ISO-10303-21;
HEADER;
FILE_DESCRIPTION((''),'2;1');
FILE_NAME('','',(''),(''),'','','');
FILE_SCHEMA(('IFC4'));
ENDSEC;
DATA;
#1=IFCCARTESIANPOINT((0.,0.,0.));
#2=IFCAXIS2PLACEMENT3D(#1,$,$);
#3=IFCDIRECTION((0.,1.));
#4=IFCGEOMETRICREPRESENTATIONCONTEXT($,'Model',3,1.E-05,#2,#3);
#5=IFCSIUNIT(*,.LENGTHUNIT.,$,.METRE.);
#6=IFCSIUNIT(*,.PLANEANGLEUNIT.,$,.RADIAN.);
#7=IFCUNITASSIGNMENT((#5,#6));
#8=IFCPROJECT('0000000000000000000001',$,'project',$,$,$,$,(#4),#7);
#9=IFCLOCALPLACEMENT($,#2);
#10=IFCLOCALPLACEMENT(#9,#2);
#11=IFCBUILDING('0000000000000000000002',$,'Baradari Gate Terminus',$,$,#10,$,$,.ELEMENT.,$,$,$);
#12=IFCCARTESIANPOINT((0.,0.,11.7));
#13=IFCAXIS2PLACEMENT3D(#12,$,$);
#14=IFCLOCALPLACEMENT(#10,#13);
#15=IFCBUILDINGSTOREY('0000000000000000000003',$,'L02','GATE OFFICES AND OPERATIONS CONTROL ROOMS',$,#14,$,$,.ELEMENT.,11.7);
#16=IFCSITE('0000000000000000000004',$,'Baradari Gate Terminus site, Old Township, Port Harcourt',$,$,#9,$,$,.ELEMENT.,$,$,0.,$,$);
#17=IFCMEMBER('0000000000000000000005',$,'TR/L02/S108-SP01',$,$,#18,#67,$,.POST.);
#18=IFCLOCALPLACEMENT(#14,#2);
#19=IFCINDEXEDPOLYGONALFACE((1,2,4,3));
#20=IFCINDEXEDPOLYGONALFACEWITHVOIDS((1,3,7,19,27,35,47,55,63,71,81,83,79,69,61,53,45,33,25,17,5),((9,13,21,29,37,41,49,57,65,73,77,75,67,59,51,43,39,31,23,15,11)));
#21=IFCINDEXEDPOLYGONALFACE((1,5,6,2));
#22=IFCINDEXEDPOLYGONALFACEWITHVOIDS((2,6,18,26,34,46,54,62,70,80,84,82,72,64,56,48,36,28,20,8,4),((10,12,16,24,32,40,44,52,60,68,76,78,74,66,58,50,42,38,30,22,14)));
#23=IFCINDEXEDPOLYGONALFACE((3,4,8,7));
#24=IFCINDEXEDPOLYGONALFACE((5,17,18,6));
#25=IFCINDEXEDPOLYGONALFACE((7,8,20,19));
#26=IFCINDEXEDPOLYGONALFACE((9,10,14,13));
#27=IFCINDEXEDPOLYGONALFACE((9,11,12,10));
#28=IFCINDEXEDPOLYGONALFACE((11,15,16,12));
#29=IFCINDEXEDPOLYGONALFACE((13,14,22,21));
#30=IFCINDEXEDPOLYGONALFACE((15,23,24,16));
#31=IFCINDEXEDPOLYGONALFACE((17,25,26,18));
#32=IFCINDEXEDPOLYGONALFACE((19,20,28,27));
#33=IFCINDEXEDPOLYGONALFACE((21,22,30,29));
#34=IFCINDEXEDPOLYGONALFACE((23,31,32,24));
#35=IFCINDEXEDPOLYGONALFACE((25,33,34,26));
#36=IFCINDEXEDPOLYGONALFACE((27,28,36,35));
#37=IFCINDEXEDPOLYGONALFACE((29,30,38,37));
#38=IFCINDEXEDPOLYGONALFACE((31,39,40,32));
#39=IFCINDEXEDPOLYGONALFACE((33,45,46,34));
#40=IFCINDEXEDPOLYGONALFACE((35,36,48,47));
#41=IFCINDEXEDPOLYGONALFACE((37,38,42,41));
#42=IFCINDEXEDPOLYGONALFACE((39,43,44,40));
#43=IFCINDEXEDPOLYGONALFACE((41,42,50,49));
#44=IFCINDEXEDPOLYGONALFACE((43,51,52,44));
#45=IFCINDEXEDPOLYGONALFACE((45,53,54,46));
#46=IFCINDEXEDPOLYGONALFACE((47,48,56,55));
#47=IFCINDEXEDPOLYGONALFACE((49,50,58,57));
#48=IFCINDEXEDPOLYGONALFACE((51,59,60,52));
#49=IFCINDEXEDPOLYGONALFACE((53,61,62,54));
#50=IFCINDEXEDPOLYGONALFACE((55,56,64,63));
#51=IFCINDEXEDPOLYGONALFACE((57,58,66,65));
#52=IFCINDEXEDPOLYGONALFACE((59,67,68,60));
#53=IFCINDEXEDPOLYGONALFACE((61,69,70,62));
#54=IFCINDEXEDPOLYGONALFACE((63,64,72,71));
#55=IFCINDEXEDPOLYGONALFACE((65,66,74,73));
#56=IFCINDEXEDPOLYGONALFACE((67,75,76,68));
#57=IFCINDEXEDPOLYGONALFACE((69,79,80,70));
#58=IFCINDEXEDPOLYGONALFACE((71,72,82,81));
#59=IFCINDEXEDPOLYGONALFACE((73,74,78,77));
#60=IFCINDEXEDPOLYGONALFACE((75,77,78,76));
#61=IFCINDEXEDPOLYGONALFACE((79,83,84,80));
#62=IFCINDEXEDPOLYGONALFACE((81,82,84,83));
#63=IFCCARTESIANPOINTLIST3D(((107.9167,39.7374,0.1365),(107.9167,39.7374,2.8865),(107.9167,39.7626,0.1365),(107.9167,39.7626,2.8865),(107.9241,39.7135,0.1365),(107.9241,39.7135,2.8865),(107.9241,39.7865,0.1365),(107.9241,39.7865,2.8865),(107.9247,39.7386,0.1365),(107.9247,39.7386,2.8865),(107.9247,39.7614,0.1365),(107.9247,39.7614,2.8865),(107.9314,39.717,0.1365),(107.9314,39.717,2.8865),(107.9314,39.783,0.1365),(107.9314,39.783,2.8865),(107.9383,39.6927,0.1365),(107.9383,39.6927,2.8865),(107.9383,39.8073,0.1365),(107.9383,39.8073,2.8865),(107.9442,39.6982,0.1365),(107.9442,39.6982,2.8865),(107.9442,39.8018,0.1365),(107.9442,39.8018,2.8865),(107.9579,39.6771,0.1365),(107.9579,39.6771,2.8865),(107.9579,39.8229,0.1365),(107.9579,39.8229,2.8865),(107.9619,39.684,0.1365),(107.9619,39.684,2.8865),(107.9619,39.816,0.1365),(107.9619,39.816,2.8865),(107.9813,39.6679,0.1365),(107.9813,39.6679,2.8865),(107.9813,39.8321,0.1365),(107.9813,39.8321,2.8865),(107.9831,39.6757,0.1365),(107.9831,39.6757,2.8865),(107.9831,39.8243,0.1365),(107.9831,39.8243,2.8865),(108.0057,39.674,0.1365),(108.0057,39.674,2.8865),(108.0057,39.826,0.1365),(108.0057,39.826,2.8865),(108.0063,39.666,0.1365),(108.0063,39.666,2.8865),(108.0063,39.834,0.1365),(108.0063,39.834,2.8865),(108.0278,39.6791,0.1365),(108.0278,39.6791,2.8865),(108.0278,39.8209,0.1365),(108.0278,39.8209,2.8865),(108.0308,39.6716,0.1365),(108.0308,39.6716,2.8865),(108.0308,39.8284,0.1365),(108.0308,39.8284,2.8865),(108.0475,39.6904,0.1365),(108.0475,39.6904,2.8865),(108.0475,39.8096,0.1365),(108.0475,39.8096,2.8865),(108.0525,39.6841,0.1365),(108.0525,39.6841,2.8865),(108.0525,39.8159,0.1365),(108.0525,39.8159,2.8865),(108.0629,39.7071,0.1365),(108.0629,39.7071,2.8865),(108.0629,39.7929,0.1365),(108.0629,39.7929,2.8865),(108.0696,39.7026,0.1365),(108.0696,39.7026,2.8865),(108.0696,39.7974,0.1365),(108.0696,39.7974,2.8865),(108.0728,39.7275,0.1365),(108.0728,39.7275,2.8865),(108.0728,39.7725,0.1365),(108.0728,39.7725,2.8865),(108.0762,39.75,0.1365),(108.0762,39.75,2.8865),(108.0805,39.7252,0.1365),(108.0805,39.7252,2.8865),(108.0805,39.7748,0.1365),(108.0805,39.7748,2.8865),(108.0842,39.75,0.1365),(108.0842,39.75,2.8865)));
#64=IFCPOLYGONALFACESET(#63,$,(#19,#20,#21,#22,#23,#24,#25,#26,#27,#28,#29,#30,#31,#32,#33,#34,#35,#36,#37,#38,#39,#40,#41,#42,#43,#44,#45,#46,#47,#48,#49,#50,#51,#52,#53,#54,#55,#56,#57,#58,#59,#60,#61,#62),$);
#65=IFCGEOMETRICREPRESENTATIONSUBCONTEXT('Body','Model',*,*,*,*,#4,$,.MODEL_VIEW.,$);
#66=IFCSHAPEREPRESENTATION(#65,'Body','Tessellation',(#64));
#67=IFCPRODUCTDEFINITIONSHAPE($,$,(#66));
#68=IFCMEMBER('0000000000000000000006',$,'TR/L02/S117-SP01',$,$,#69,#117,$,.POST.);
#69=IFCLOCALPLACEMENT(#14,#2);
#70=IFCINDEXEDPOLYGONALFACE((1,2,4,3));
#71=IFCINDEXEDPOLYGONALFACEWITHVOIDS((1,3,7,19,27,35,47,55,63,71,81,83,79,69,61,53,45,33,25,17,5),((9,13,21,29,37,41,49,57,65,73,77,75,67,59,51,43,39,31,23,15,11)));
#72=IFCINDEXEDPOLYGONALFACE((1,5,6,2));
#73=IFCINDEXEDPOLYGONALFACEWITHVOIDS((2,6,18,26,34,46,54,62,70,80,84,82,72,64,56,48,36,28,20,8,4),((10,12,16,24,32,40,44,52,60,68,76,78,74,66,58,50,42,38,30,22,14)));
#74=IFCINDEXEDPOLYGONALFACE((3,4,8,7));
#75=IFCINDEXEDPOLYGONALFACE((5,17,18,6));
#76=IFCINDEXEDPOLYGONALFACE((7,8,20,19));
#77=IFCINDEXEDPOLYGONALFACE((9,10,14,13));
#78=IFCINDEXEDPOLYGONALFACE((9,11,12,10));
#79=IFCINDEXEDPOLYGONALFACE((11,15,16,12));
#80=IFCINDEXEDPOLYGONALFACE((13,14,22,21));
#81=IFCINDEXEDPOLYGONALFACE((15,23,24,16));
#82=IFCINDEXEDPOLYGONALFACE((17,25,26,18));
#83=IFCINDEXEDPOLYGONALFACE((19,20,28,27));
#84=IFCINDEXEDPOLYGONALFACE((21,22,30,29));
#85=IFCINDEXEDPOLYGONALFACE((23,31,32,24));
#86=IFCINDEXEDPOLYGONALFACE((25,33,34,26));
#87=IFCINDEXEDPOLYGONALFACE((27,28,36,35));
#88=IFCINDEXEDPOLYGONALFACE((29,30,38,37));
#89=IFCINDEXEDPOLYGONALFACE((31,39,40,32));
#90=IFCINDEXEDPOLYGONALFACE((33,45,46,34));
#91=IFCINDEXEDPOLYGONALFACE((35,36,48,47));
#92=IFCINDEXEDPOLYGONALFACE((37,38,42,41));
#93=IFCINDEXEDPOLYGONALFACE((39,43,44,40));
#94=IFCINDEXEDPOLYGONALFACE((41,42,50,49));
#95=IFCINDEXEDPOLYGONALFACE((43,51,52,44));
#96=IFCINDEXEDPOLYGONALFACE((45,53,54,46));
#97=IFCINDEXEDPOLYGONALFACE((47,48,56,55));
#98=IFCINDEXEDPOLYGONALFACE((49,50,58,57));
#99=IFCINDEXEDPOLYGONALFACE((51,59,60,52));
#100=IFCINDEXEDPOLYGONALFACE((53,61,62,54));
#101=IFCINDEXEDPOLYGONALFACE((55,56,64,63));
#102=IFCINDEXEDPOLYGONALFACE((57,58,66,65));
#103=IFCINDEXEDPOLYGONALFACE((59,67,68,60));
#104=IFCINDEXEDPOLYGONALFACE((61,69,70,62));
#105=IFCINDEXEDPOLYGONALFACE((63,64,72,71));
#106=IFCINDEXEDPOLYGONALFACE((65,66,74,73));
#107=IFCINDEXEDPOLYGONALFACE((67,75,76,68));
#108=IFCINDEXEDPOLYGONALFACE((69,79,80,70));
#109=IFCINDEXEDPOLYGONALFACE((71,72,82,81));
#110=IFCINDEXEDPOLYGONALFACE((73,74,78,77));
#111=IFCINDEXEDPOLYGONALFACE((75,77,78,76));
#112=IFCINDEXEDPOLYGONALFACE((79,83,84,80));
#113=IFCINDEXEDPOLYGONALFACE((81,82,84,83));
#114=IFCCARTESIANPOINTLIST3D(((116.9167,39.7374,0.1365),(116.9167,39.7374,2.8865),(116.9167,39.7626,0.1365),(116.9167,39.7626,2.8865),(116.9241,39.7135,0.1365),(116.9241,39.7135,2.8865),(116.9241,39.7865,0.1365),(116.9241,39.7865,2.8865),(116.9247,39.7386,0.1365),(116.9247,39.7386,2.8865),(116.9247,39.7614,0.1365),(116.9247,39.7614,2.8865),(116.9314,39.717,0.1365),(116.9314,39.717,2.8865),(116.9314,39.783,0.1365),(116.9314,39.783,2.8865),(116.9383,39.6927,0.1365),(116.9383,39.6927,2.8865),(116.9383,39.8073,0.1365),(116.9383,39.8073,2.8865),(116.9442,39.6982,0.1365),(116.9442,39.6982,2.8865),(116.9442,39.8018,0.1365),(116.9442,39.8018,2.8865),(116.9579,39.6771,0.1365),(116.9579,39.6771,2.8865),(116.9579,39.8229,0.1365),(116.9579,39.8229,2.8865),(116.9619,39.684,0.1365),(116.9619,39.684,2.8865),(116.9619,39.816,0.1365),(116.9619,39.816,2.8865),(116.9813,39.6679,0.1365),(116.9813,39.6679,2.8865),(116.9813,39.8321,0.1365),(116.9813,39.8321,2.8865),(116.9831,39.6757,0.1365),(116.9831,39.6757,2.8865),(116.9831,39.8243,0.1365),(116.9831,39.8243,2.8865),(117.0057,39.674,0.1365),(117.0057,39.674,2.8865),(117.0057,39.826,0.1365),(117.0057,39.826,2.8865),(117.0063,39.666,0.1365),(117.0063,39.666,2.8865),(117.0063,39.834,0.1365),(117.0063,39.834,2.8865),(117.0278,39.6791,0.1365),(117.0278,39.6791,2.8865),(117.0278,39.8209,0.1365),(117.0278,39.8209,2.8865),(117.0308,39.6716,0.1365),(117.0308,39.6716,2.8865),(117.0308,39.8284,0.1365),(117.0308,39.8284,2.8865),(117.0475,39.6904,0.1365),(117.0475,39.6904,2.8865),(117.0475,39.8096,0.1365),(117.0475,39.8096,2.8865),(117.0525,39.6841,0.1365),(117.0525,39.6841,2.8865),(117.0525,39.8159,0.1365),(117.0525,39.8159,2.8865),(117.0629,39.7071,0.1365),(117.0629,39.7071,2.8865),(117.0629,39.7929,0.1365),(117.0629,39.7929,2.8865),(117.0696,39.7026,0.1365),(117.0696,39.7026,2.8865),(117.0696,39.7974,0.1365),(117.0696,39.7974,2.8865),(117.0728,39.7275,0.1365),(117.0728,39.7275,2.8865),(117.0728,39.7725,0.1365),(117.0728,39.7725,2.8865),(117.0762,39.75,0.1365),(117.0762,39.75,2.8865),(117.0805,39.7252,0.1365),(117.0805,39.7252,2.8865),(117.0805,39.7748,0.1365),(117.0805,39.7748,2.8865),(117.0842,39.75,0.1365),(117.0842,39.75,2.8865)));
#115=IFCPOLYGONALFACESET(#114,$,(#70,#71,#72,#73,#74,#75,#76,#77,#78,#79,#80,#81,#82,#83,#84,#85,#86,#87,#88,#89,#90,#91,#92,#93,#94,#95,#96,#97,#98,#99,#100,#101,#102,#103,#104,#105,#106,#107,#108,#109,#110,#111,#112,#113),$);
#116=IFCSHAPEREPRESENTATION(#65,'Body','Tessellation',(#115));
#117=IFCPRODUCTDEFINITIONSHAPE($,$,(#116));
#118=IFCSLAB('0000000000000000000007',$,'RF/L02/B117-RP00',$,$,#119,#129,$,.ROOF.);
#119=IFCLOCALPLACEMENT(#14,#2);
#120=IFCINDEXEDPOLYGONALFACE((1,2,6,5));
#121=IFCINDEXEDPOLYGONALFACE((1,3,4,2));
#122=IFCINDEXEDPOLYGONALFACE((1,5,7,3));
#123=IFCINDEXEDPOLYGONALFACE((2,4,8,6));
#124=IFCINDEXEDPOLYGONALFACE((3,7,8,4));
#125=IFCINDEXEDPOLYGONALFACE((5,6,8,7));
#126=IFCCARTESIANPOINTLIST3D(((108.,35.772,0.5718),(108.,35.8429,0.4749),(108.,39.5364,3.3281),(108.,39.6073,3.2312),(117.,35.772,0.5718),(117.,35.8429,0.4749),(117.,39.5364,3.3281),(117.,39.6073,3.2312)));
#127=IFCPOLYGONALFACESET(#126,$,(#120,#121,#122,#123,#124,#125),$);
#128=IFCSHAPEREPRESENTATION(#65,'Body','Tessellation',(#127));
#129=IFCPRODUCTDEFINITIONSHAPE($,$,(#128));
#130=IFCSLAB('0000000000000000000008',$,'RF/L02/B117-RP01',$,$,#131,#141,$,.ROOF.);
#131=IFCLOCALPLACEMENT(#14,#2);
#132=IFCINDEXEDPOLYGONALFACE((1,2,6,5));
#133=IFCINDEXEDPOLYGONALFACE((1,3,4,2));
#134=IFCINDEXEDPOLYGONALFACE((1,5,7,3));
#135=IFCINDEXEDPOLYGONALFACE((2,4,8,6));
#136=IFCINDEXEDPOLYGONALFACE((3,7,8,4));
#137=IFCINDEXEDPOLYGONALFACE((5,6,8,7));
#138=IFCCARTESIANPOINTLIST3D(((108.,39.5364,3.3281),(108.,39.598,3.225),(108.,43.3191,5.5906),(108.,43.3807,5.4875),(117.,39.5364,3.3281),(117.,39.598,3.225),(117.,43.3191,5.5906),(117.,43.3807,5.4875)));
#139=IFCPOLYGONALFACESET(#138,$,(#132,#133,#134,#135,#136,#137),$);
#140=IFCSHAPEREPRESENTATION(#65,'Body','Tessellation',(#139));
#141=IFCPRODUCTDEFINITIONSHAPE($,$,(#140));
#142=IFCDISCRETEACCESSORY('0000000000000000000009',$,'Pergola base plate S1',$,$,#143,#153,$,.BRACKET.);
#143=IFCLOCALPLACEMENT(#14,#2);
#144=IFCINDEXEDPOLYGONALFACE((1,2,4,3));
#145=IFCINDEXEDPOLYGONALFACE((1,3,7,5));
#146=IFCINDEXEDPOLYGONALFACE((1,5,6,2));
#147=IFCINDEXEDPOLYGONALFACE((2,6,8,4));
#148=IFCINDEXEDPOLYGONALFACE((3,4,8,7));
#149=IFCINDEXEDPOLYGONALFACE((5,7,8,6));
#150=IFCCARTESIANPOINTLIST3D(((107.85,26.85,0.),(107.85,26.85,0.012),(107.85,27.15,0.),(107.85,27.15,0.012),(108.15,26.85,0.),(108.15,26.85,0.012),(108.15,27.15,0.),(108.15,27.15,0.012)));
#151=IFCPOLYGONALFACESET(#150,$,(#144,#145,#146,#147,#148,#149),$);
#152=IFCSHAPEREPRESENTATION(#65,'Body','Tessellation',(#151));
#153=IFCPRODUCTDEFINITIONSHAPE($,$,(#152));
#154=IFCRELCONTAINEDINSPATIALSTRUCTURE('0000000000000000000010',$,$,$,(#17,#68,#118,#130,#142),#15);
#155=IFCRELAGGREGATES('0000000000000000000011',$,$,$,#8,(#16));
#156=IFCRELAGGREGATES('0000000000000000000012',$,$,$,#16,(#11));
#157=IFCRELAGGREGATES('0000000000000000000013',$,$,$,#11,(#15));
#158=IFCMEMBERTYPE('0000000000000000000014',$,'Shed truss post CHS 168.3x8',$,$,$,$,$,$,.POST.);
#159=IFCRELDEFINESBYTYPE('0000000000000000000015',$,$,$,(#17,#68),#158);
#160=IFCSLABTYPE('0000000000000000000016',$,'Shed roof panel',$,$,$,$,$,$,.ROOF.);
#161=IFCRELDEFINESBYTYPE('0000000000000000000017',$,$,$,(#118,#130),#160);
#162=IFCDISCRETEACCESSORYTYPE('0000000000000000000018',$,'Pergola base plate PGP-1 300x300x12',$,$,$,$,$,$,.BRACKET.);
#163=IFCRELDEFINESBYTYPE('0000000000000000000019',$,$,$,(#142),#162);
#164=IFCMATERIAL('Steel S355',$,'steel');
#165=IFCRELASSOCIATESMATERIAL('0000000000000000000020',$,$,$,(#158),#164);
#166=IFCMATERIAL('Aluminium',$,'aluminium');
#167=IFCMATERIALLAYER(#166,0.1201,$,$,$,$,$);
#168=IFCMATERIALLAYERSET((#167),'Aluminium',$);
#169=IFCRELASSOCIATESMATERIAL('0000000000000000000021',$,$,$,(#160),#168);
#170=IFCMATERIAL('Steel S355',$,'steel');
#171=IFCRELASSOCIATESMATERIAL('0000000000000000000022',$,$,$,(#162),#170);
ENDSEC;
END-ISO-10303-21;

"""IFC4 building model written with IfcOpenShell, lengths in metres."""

from ifc_helpers import new_model, si_unit, direction, frame, origin, origin_2d, place, context, subcontext, project, spatial, polyline, rectangle, hollow_circle, outline, extrude, material, layer, layer_set, material_profile, profile_set, type_object, element, save


model = new_model("IFC4")

# Units and contexts
model_context = context("Model", 3, precision=1e-05, world=origin(), true_north=direction((0.0, 1.0)))
body_context = subcontext(model_context, "Body", "Model", "MODEL_VIEW")
ifc_project = project(units=[si_unit("LENGTHUNIT", "METRE"), si_unit("PLANEANGLEUNIT", "RADIAN")], contexts=[model_context])

# Site, building, storey
site_placement = place(None, origin())
site = spatial("IfcSite", under=ifc_project, at=site_placement, Name="Baradari Gate Terminus site, Old Township, Port Harcourt", CompositionType="ELEMENT", RefElevation=0.0)
building_placement = place(site_placement, origin())
building = spatial("IfcBuilding", under=site, at=building_placement, Name="Baradari Gate Terminus", CompositionType="ELEMENT")
storey_placement = place(building_placement, frame((0.0, 0.0, 11.7)))
storey = spatial("IfcBuildingStorey", under=building, at=storey_placement, Name="L02", Description="GATE OFFICES AND OPERATIONS CONTROL ROOMS", CompositionType="ELEMENT", Elevation=11.7)

# Members
ifc_material_1 = material(Name="Steel S355", Category="steel")
ifc_material_profile_1 = material_profile(ifc_material_1, hollow_circle(Radius=0.0842, WallThickness=0.0081, at=origin_2d()), Name="CHS 168.3x8")
ifc_profile_set_1 = profile_set([ifc_material_profile_1], Name="Steel S355")
member_type_1 = type_object("IfcMemberType", Name="Shed truss post CHS 168.3x8", PredefinedType="POST", material=ifc_profile_set_1)
for number, where, z_axis, x_axis, name in (
    (1, (108.0, 39.75, 0.1365), (0.0, 0.0, 1.0), (1.0, 0.0, 0.0), "TR/L02/S108-SP01"),
    (2, (117.0, 39.75, 0.1365), (0.0, 0.0, 1.0), (1.0, 0.0, 0.0), "TR/L02/S117-SP01"),
):
    element("IfcMember", number, at=place(storey_placement, frame(where, z_axis=z_axis, x_axis=x_axis)), inside=storey, type_object=member_type_1, Name=name, PredefinedType="POST", context=body_context, shape_type="SweptSolid", body=[
        extrude(hollow_circle(Radius=0.0842, WallThickness=0.0081, at=origin_2d()), origin(), (0.0, 0.0, 1.0), 2.75),
    ])

# Slabs
ifc_material_2 = material(Name="Aluminium", Category="aluminium")
ifc_layer = layer(ifc_material_2, 0.1201)
ifc_layer_set = layer_set([ifc_layer], Name="Aluminium")
slab_type = type_object("IfcSlabType", Name="Shed roof panel", PredefinedType="ROOF", material=ifc_layer_set)
slab_1_placement = place(storey_placement, frame((108.0, 35.772, 0.5718), z_axis=(0.0, -0.590776, 0.806836), x_axis=(1.0, 0.0, 0.0)))
element("IfcSlab", 3, at=slab_1_placement, inside=storey, type_object=slab_type, Name="RF/L02/B117-RP00", PredefinedType="ROOF", context=body_context, shape_type="SweptSolid", body=[
    extrude(outline(polyline([(0.0, 0.0), (9.0, 0.0), (9.0, 4.6656), (0.0, 4.6656), (0.0, 0.0)])), origin(), (0.0, 0.0, -1.0), 0.1201),
])
slab_2_placement = place(storey_placement, frame((108.0, 39.5364, 3.3281), z_axis=(0.0, -0.513298, 0.858211), x_axis=(1.0, 0.0, 0.0)))
element("IfcSlab", 4, at=slab_2_placement, inside=storey, type_object=slab_type, Name="RF/L02/B117-RP01", PredefinedType="ROOF", context=body_context, shape_type="SweptSolid", body=[
    extrude(outline(polyline([(0.0, 0.0), (9.0, 0.0), (9.0, 4.4077), (0.0, 4.4077), (0.0, 0.0)])), origin(), (0.0, 0.0, -1.0), 0.1201),
])

# Discrete accessory
ifc_material_3 = material(Name="Steel S355", Category="steel")
discrete_accessory_type = type_object("IfcDiscreteAccessoryType", Name="Pergola base plate PGP-1 300x300x12", PredefinedType="BRACKET", material=ifc_material_3)
discrete_accessory_placement = place(storey_placement, frame((108.0, 27.0, 0.0), z_axis=(0.0, 0.0, 1.0), x_axis=(1.0, 0.0, 0.0)))
element("IfcDiscreteAccessory", 5, at=discrete_accessory_placement, inside=storey, type_object=discrete_accessory_type, Name="Pergola base plate S1", PredefinedType="BRACKET", context=body_context, shape_type="SweptSolid", body=[
    extrude(rectangle(XDim=0.3, YDim=0.3, at=origin_2d()), origin(), (0.0, 0.0, 1.0), 0.012),
])

save(model, "model.ifc")
